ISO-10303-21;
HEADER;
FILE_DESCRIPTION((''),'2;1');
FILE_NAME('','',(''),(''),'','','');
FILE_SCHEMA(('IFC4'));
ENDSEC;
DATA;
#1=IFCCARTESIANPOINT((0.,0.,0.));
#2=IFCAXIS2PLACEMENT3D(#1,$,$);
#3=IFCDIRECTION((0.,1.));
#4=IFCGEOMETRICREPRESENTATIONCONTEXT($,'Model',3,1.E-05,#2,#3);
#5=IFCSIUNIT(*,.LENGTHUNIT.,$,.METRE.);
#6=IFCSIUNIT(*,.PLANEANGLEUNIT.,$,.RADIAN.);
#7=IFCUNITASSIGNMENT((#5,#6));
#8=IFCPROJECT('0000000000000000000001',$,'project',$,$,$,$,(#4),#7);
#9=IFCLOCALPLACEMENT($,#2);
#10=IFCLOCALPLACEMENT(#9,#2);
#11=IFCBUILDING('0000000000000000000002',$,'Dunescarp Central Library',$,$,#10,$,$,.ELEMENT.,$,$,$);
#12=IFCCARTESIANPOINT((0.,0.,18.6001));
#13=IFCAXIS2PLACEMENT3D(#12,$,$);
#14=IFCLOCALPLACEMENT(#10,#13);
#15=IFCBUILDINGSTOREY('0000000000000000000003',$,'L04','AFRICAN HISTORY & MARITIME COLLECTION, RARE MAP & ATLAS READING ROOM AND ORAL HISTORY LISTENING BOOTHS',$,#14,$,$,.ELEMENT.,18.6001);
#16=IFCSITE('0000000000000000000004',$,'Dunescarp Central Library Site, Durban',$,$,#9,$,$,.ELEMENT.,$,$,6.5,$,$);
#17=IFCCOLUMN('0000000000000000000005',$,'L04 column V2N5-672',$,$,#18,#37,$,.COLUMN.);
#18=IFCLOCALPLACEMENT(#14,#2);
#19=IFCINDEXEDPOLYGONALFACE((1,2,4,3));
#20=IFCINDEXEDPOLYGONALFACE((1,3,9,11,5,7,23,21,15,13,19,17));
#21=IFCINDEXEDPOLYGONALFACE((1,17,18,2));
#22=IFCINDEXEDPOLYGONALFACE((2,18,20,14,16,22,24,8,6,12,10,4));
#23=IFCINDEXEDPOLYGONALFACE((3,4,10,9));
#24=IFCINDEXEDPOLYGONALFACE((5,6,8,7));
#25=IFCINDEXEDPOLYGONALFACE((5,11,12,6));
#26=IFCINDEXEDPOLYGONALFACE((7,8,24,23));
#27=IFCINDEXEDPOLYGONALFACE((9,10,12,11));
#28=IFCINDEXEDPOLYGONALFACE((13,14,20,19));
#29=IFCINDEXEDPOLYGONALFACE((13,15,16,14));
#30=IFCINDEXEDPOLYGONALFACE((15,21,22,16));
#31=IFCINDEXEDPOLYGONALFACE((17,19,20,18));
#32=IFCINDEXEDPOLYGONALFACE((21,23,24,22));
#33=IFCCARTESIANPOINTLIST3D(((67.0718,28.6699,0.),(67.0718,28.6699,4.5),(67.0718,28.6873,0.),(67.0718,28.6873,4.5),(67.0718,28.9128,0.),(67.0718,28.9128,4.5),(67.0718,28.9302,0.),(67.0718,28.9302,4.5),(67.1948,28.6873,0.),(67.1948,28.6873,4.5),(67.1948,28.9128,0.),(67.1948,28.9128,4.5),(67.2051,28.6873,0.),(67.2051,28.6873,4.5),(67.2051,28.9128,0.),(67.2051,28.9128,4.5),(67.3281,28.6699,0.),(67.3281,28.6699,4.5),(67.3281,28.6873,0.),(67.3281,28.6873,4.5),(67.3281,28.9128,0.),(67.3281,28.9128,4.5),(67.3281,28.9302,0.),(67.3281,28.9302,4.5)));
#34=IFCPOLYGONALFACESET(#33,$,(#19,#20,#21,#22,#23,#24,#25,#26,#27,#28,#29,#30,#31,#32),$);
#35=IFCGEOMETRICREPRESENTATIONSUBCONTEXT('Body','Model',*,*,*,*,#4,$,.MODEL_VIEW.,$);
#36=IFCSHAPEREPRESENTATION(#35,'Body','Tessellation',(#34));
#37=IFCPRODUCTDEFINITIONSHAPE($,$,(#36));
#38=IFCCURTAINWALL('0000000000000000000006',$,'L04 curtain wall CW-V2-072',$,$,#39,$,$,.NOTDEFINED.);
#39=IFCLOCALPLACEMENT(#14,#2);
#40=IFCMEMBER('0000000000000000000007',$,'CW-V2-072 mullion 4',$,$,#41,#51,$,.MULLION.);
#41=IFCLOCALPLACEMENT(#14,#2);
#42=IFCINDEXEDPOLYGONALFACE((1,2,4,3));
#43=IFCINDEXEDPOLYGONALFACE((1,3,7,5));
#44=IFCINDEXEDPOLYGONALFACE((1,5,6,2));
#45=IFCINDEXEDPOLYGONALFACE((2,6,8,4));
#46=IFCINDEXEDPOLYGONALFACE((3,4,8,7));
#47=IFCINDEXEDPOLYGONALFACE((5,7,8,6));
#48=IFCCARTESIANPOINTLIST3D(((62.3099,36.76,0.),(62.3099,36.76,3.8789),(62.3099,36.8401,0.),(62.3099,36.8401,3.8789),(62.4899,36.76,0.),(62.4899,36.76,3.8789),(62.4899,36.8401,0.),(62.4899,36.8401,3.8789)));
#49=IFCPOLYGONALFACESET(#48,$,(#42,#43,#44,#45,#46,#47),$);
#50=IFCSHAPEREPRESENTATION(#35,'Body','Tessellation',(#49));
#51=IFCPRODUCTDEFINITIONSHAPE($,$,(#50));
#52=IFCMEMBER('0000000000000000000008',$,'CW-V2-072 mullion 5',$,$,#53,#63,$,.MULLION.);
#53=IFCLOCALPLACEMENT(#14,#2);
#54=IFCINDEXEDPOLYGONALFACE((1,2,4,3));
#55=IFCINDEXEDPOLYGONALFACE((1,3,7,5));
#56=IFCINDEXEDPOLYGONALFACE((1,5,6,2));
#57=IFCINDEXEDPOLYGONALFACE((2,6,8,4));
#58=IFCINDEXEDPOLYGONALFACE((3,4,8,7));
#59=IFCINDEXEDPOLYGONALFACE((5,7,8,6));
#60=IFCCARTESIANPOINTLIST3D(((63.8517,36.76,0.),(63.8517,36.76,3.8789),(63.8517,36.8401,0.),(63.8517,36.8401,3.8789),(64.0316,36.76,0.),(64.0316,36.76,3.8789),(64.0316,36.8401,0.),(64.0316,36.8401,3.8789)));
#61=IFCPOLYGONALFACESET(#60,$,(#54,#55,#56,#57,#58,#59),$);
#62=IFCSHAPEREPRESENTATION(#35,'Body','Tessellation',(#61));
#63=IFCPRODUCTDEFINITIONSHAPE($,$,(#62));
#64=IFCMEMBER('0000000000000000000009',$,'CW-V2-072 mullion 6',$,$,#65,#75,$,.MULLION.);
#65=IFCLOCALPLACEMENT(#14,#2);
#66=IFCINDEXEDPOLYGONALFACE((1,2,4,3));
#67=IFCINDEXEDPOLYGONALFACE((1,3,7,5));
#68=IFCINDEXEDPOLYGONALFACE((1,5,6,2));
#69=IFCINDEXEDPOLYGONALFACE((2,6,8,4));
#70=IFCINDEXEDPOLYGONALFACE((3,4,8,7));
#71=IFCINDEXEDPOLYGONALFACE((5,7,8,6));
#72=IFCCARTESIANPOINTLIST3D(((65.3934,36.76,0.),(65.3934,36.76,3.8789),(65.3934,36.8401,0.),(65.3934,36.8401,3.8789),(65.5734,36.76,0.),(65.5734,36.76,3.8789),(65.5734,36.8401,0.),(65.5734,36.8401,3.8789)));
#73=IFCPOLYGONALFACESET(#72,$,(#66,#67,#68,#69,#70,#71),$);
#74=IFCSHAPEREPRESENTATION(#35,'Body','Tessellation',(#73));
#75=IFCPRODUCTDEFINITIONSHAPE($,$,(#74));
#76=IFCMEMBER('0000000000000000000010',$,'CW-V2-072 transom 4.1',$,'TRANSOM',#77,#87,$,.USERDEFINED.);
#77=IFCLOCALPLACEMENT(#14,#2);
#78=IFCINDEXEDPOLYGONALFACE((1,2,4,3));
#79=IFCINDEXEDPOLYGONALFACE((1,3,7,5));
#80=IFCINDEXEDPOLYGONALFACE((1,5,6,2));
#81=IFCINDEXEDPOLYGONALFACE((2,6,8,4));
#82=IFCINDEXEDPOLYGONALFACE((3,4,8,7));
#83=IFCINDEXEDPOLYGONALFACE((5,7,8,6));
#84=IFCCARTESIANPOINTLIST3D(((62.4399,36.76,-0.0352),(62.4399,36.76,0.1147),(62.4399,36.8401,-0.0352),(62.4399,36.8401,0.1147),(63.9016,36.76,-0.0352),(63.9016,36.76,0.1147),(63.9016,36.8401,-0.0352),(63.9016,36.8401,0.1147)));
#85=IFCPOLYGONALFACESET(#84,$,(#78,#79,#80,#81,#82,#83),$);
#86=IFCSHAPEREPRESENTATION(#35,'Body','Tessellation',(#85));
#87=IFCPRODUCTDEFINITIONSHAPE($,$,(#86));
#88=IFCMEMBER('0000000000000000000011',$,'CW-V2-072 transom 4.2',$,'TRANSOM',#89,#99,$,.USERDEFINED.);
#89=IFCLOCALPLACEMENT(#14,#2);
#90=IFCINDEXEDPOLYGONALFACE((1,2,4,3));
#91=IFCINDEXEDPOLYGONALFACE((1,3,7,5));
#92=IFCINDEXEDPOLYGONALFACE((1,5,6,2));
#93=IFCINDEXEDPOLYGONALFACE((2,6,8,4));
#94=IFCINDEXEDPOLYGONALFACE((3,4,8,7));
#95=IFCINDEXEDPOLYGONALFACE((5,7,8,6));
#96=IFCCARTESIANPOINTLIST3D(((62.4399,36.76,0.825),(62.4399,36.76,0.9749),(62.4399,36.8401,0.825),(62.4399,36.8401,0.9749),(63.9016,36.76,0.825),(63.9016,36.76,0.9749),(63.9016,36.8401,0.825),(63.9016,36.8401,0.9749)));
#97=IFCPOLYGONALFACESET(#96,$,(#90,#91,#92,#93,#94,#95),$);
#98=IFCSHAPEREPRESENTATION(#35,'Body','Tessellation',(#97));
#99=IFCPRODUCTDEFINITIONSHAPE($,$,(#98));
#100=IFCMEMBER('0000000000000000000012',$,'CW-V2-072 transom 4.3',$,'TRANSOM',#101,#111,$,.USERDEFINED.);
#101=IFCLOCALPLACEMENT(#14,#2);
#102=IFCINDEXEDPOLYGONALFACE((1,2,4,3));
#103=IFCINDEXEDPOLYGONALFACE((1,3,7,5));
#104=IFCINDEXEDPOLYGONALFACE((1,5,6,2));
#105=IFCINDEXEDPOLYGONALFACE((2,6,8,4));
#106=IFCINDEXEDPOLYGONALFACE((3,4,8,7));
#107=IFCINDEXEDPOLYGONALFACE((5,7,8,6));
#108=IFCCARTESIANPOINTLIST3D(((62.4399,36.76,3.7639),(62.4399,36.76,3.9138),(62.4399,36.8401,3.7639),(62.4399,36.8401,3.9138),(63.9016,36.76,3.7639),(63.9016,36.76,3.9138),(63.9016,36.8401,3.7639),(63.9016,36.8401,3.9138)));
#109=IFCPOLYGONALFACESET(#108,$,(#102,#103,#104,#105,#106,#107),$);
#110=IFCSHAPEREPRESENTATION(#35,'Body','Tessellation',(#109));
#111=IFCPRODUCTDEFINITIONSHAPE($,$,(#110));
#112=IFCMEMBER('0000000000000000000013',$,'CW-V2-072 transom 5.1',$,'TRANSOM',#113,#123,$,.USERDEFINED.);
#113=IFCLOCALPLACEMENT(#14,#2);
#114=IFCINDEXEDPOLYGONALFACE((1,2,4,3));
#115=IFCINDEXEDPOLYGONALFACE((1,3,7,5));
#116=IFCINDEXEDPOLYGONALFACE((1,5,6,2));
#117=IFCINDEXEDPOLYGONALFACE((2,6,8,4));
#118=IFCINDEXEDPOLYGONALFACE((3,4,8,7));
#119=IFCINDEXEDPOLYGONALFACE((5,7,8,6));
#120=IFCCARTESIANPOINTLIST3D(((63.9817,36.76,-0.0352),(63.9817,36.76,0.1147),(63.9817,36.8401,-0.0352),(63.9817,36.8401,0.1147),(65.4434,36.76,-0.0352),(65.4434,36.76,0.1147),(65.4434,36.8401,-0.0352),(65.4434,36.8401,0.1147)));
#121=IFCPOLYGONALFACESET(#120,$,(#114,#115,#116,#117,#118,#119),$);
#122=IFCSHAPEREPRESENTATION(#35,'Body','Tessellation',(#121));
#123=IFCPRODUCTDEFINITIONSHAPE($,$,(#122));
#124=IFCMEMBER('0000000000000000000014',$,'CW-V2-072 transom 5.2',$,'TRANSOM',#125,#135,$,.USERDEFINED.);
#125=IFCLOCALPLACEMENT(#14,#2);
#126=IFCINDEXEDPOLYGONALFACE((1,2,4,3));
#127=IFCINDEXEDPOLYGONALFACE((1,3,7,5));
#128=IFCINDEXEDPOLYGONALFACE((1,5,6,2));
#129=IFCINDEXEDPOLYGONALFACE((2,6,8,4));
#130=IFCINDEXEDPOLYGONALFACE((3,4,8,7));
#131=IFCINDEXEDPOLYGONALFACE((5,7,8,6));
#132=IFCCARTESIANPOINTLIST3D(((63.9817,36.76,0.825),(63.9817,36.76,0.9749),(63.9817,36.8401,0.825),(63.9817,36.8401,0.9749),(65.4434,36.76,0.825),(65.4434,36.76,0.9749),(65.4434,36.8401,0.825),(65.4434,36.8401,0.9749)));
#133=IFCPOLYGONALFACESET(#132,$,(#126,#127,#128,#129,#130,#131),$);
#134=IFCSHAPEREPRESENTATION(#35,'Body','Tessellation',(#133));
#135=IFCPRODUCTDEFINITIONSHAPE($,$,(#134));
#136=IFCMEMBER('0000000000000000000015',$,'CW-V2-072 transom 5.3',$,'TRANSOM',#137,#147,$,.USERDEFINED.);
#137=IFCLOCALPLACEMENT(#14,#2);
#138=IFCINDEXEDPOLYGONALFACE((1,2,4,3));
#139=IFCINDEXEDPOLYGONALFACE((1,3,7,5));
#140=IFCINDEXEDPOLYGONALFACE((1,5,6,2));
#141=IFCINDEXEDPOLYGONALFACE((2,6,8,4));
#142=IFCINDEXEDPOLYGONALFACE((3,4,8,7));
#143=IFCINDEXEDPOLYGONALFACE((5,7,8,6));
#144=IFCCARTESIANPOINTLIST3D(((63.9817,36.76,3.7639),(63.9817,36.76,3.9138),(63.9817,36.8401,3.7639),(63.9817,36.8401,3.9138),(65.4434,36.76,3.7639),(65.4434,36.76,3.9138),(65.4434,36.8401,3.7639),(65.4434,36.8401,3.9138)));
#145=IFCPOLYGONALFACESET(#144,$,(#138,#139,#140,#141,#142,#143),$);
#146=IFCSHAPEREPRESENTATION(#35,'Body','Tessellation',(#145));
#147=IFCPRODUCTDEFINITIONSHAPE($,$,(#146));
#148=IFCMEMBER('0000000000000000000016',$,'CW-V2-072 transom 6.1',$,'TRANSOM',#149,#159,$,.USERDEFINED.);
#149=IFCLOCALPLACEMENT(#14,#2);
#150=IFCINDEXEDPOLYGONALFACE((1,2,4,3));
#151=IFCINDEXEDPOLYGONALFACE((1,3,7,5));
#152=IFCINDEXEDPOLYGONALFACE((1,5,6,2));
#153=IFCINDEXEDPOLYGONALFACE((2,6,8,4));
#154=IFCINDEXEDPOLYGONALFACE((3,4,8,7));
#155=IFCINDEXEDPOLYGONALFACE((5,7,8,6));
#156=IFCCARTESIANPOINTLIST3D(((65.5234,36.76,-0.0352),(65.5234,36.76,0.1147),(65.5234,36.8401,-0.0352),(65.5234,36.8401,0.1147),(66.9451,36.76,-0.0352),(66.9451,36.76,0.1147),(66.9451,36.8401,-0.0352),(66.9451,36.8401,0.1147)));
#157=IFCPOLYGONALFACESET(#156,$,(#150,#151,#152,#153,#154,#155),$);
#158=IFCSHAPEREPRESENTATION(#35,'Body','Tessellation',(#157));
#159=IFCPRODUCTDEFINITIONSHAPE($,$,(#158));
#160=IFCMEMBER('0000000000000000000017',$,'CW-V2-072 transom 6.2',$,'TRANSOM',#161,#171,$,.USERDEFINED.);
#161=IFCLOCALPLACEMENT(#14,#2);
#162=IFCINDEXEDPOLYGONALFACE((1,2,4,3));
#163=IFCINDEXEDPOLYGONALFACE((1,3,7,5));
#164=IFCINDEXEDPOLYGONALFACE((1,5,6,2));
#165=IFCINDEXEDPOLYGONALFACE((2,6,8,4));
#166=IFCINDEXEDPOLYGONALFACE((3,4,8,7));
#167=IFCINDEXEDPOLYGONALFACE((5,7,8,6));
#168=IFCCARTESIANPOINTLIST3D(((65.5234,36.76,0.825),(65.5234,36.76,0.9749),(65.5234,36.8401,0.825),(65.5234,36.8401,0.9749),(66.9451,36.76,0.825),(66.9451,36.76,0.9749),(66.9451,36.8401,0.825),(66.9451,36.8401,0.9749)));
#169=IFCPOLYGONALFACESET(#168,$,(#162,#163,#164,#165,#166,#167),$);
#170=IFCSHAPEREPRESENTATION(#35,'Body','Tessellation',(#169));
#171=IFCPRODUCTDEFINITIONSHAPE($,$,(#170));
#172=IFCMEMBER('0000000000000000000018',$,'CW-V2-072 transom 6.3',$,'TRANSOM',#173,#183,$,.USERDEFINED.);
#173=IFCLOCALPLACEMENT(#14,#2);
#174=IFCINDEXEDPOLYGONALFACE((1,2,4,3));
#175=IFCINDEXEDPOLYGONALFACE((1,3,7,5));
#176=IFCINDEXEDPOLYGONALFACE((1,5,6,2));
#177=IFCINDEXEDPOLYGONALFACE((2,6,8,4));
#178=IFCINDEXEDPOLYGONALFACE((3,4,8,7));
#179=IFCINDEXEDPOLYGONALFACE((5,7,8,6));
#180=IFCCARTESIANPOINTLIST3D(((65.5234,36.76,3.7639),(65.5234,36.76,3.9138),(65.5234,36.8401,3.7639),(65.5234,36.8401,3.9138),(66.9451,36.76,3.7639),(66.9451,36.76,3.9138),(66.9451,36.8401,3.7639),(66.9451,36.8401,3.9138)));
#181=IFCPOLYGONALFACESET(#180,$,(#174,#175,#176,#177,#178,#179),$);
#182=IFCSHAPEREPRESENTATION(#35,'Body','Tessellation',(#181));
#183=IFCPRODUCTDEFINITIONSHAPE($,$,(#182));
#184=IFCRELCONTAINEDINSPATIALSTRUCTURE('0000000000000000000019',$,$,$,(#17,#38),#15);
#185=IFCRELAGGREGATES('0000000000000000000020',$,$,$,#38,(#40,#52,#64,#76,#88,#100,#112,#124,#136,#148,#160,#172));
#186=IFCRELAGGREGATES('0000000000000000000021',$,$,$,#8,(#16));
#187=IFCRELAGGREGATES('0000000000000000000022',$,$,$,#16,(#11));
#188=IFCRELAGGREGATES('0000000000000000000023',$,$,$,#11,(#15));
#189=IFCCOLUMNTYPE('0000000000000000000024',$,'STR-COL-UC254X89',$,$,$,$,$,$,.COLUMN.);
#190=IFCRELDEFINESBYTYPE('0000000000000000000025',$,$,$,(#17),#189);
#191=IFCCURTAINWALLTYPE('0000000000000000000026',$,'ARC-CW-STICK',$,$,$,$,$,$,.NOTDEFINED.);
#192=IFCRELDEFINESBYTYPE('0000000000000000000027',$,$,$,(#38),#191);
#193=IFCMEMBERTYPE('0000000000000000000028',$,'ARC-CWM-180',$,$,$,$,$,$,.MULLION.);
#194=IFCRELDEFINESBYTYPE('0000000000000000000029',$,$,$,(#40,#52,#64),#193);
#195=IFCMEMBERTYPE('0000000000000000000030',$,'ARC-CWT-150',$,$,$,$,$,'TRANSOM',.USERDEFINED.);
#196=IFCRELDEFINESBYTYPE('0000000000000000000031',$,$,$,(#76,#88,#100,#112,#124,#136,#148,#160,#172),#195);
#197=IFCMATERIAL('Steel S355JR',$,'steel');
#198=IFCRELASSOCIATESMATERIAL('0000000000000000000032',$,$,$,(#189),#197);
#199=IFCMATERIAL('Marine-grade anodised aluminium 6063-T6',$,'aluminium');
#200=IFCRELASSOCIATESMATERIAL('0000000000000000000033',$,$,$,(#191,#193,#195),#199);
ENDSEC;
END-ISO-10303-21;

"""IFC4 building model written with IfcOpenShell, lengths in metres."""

from ifc_helpers import new_model, si_unit, direction, frame, origin, origin_2d, place, context, subcontext, project, spatial, rectangle, i_section, extrude, material, material_profile, profile_set, type_object, element, aggregate, save


model = new_model("IFC4")

# Units and contexts
model_context = context("Model", 3, precision=1e-05, world=origin(), true_north=direction((0.0, 1.0)))
body_context = subcontext(model_context, "Body", "Model", "MODEL_VIEW")
ifc_project = project(units=[si_unit("LENGTHUNIT", "METRE"), si_unit("PLANEANGLEUNIT", "RADIAN")], contexts=[model_context])

# Site, building, storey
site_placement = place(None, origin())
site = spatial("IfcSite", under=ifc_project, at=site_placement, Name="Dunescarp Central Library Site, Durban", CompositionType="ELEMENT", RefElevation=6.5)
building_placement = place(site_placement, origin())
building = spatial("IfcBuilding", under=site, at=building_placement, Name="Dunescarp Central Library", CompositionType="ELEMENT")
storey_placement = place(building_placement, frame((0.0, 0.0, 18.6001)))
storey = spatial("IfcBuildingStorey", under=building, at=storey_placement, Name="L04", Description="AFRICAN HISTORY & MARITIME COLLECTION, RARE MAP & ATLAS READING ROOM AND ORAL HISTORY LISTENING BOOTHS", CompositionType="ELEMENT", Elevation=18.6001)

# Column
ifc_material_1 = material(Name="Steel S355JR", Category="steel")
ifc_material_profile_1 = material_profile(ifc_material_1, i_section(OverallWidth=0.2563, OverallDepth=0.2603, WebThickness=0.0103, FlangeThickness=0.0173, at=origin_2d()), Name="UC 254x254x89")
ifc_profile_set_1 = profile_set([ifc_material_profile_1], Name="Steel S355JR")
column_type = type_object("IfcColumnType", Name="STR-COL-UC254X89", PredefinedType="COLUMN", material=ifc_profile_set_1)
column_placement = place(storey_placement, frame((67.2, 28.8, 0.0), z_axis=(0.0, 0.0, 1.0), x_axis=(1.0, 0.0, 0.0)))
element("IfcColumn", 1, at=column_placement, inside=storey, type_object=column_type, Name="L04 column V2N5-672", PredefinedType="COLUMN", context=body_context, shape_type="SweptSolid", body=[
    extrude(i_section(OverallWidth=0.2563, OverallDepth=0.2603, WebThickness=0.0103, FlangeThickness=0.0173, at=origin_2d()), origin(), (0.0, 0.0, 1.0), 4.5),
])

# Curtain wall, members
ifc_material_2 = material(Name="Marine-grade anodised aluminium 6063-T6", Category="aluminium")
curtain_wall_type = type_object("IfcCurtainWallType", Name="ARC-CW-STICK", PredefinedType="NOTDEFINED", material=ifc_material_2)
curtain_wall_placement = place(storey_placement, origin())
curtain_wall = element("IfcCurtainWall", 2, at=curtain_wall_placement, inside=storey, type_object=curtain_wall_type, Name="L04 curtain wall CW-V2-072", PredefinedType="NOTDEFINED")
ifc_material_profile_2 = material_profile(ifc_material_2, rectangle(XDim=0.0801, YDim=0.1799, at=origin_2d()), Name="AL 80x180")
ifc_profile_set_2 = profile_set([ifc_material_profile_2], Name="Marine-grade anodised aluminium 6063-T6")
member_type_1 = type_object("IfcMemberType", Name="ARC-CWM-180", PredefinedType="MULLION", material=ifc_profile_set_2)
member_1_placement = place(storey_placement, frame((62.3999, 36.8, 0.0), z_axis=(0.0, 0.0, 1.0), x_axis=(0.0, 1.0, 0.0)))
member_1 = element("IfcMember", 3, at=member_1_placement, type_object=member_type_1, Name="CW-V2-072 mullion 4", PredefinedType="MULLION", context=body_context, shape_type="SweptSolid", body=[
    extrude(rectangle(XDim=0.0801, YDim=0.1799, at=origin_2d()), origin(), (0.0, 0.0, 1.0), 3.8789),
])
member_2_placement = place(storey_placement, frame((63.9417, 36.8, 0.0), z_axis=(0.0, 0.0, 1.0), x_axis=(0.0, 1.0, 0.0)))
member_2 = element("IfcMember", 4, at=member_2_placement, type_object=member_type_1, Name="CW-V2-072 mullion 5", PredefinedType="MULLION", context=body_context, shape_type="SweptSolid", body=[
    extrude(rectangle(XDim=0.0801, YDim=0.1799, at=origin_2d()), origin(), (0.0, 0.0, 1.0), 3.8789),
])
member_3_placement = place(storey_placement, frame((65.4834, 36.8, 0.0), z_axis=(0.0, 0.0, 1.0), x_axis=(0.0, 1.0, 0.0)))
member_3 = element("IfcMember", 5, at=member_3_placement, type_object=member_type_1, Name="CW-V2-072 mullion 6", PredefinedType="MULLION", context=body_context, shape_type="SweptSolid", body=[
    extrude(rectangle(XDim=0.0801, YDim=0.1799, at=origin_2d()), origin(), (0.0, 0.0, 1.0), 3.8789),
])
ifc_material_profile_3 = material_profile(ifc_material_2, rectangle(XDim=0.0801, YDim=0.1499, at=origin_2d()), Name="AL 80x150")
ifc_profile_set_3 = profile_set([ifc_material_profile_3], Name="Marine-grade anodised aluminium 6063-T6")
member_type_2 = type_object("IfcMemberType", Name="ARC-CWT-150", ElementType="TRANSOM", PredefinedType="USERDEFINED", material=ifc_profile_set_3)
member_4_placement = place(storey_placement, frame((62.4399, 36.8, 0.0398), z_axis=(1.0, 0.0, 0.0), x_axis=(0.0, 1.0, 0.0)))
member_4 = element("IfcMember", 6, at=member_4_placement, type_object=member_type_2, Name="CW-V2-072 transom 4.1", ObjectType="TRANSOM", PredefinedType="USERDEFINED", context=body_context, shape_type="SweptSolid", body=[
    extrude(rectangle(XDim=0.0801, YDim=0.1499, at=origin_2d()), origin(), (0.0, 0.0, 1.0), 1.4617),
])
member_5_placement = place(storey_placement, frame((62.4399, 36.8, 0.8999), z_axis=(1.0, 0.0, 0.0), x_axis=(0.0, 1.0, 0.0)))
member_5 = element("IfcMember", 7, at=member_5_placement, type_object=member_type_2, Name="CW-V2-072 transom 4.2", ObjectType="TRANSOM", PredefinedType="USERDEFINED", context=body_context, shape_type="SweptSolid", body=[
    extrude(rectangle(XDim=0.0801, YDim=0.1499, at=origin_2d()), origin(), (0.0, 0.0, 1.0), 1.4617),
])
member_6_placement = place(storey_placement, frame((62.4399, 36.8, 3.8389), z_axis=(1.0, 0.0, 0.0), x_axis=(0.0, 1.0, 0.0)))
member_6 = element("IfcMember", 8, at=member_6_placement, type_object=member_type_2, Name="CW-V2-072 transom 4.3", ObjectType="TRANSOM", PredefinedType="USERDEFINED", context=body_context, shape_type="SweptSolid", body=[
    extrude(rectangle(XDim=0.0801, YDim=0.1499, at=origin_2d()), origin(), (0.0, 0.0, 1.0), 1.4617),
])
member_7_placement = place(storey_placement, frame((63.9817, 36.8, 0.0398), z_axis=(1.0, 0.0, 0.0), x_axis=(0.0, 1.0, 0.0)))
member_7 = element("IfcMember", 9, at=member_7_placement, type_object=member_type_2, Name="CW-V2-072 transom 5.1", ObjectType="TRANSOM", PredefinedType="USERDEFINED", context=body_context, shape_type="SweptSolid", body=[
    extrude(rectangle(XDim=0.0801, YDim=0.1499, at=origin_2d()), origin(), (0.0, 0.0, 1.0), 1.4617),
])
member_8_placement = place(storey_placement, frame((63.9817, 36.8, 0.8999), z_axis=(1.0, 0.0, 0.0), x_axis=(0.0, 1.0, 0.0)))
member_8 = element("IfcMember", 10, at=member_8_placement, type_object=member_type_2, Name="CW-V2-072 transom 5.2", ObjectType="TRANSOM", PredefinedType="USERDEFINED", context=body_context, shape_type="SweptSolid", body=[
    extrude(rectangle(XDim=0.0801, YDim=0.1499, at=origin_2d()), origin(), (0.0, 0.0, 1.0), 1.4617),
])
member_9_placement = place(storey_placement, frame((63.9817, 36.8, 3.8389), z_axis=(1.0, 0.0, 0.0), x_axis=(0.0, 1.0, 0.0)))
member_9 = element("IfcMember", 11, at=member_9_placement, type_object=member_type_2, Name="CW-V2-072 transom 5.3", ObjectType="TRANSOM", PredefinedType="USERDEFINED", context=body_context, shape_type="SweptSolid", body=[
    extrude(rectangle(XDim=0.0801, YDim=0.1499, at=origin_2d()), origin(), (0.0, 0.0, 1.0), 1.4617),
])
member_10_placement = place(storey_placement, frame((65.5234, 36.8, 0.0398), z_axis=(1.0, 0.0, 0.0), x_axis=(0.0, 1.0, 0.0)))
member_10 = element("IfcMember", 12, at=member_10_placement, type_object=member_type_2, Name="CW-V2-072 transom 6.1", ObjectType="TRANSOM", PredefinedType="USERDEFINED", context=body_context, shape_type="SweptSolid", body=[
    extrude(rectangle(XDim=0.0801, YDim=0.1499, at=origin_2d()), origin(), (0.0, 0.0, 1.0), 1.4216),
])
member_11_placement = place(storey_placement, frame((65.5234, 36.8, 0.8999), z_axis=(1.0, 0.0, 0.0), x_axis=(0.0, 1.0, 0.0)))
member_11 = element("IfcMember", 13, at=member_11_placement, type_object=member_type_2, Name="CW-V2-072 transom 6.2", ObjectType="TRANSOM", PredefinedType="USERDEFINED", context=body_context, shape_type="SweptSolid", body=[
    extrude(rectangle(XDim=0.0801, YDim=0.1499, at=origin_2d()), origin(), (0.0, 0.0, 1.0), 1.4216),
])
member_12_placement = place(storey_placement, frame((65.5234, 36.8, 3.8389), z_axis=(1.0, 0.0, 0.0), x_axis=(0.0, 1.0, 0.0)))
member_12 = element("IfcMember", 14, at=member_12_placement, type_object=member_type_2, Name="CW-V2-072 transom 6.3", ObjectType="TRANSOM", PredefinedType="USERDEFINED", context=body_context, shape_type="SweptSolid", body=[
    extrude(rectangle(XDim=0.0801, YDim=0.1499, at=origin_2d()), origin(), (0.0, 0.0, 1.0), 1.4216),
])

aggregate(curtain_wall, [member_1, member_2, member_3, member_4, member_5, member_6, member_7, member_8, member_9, member_10, member_11, member_12])

save(model, "model.ifc")
